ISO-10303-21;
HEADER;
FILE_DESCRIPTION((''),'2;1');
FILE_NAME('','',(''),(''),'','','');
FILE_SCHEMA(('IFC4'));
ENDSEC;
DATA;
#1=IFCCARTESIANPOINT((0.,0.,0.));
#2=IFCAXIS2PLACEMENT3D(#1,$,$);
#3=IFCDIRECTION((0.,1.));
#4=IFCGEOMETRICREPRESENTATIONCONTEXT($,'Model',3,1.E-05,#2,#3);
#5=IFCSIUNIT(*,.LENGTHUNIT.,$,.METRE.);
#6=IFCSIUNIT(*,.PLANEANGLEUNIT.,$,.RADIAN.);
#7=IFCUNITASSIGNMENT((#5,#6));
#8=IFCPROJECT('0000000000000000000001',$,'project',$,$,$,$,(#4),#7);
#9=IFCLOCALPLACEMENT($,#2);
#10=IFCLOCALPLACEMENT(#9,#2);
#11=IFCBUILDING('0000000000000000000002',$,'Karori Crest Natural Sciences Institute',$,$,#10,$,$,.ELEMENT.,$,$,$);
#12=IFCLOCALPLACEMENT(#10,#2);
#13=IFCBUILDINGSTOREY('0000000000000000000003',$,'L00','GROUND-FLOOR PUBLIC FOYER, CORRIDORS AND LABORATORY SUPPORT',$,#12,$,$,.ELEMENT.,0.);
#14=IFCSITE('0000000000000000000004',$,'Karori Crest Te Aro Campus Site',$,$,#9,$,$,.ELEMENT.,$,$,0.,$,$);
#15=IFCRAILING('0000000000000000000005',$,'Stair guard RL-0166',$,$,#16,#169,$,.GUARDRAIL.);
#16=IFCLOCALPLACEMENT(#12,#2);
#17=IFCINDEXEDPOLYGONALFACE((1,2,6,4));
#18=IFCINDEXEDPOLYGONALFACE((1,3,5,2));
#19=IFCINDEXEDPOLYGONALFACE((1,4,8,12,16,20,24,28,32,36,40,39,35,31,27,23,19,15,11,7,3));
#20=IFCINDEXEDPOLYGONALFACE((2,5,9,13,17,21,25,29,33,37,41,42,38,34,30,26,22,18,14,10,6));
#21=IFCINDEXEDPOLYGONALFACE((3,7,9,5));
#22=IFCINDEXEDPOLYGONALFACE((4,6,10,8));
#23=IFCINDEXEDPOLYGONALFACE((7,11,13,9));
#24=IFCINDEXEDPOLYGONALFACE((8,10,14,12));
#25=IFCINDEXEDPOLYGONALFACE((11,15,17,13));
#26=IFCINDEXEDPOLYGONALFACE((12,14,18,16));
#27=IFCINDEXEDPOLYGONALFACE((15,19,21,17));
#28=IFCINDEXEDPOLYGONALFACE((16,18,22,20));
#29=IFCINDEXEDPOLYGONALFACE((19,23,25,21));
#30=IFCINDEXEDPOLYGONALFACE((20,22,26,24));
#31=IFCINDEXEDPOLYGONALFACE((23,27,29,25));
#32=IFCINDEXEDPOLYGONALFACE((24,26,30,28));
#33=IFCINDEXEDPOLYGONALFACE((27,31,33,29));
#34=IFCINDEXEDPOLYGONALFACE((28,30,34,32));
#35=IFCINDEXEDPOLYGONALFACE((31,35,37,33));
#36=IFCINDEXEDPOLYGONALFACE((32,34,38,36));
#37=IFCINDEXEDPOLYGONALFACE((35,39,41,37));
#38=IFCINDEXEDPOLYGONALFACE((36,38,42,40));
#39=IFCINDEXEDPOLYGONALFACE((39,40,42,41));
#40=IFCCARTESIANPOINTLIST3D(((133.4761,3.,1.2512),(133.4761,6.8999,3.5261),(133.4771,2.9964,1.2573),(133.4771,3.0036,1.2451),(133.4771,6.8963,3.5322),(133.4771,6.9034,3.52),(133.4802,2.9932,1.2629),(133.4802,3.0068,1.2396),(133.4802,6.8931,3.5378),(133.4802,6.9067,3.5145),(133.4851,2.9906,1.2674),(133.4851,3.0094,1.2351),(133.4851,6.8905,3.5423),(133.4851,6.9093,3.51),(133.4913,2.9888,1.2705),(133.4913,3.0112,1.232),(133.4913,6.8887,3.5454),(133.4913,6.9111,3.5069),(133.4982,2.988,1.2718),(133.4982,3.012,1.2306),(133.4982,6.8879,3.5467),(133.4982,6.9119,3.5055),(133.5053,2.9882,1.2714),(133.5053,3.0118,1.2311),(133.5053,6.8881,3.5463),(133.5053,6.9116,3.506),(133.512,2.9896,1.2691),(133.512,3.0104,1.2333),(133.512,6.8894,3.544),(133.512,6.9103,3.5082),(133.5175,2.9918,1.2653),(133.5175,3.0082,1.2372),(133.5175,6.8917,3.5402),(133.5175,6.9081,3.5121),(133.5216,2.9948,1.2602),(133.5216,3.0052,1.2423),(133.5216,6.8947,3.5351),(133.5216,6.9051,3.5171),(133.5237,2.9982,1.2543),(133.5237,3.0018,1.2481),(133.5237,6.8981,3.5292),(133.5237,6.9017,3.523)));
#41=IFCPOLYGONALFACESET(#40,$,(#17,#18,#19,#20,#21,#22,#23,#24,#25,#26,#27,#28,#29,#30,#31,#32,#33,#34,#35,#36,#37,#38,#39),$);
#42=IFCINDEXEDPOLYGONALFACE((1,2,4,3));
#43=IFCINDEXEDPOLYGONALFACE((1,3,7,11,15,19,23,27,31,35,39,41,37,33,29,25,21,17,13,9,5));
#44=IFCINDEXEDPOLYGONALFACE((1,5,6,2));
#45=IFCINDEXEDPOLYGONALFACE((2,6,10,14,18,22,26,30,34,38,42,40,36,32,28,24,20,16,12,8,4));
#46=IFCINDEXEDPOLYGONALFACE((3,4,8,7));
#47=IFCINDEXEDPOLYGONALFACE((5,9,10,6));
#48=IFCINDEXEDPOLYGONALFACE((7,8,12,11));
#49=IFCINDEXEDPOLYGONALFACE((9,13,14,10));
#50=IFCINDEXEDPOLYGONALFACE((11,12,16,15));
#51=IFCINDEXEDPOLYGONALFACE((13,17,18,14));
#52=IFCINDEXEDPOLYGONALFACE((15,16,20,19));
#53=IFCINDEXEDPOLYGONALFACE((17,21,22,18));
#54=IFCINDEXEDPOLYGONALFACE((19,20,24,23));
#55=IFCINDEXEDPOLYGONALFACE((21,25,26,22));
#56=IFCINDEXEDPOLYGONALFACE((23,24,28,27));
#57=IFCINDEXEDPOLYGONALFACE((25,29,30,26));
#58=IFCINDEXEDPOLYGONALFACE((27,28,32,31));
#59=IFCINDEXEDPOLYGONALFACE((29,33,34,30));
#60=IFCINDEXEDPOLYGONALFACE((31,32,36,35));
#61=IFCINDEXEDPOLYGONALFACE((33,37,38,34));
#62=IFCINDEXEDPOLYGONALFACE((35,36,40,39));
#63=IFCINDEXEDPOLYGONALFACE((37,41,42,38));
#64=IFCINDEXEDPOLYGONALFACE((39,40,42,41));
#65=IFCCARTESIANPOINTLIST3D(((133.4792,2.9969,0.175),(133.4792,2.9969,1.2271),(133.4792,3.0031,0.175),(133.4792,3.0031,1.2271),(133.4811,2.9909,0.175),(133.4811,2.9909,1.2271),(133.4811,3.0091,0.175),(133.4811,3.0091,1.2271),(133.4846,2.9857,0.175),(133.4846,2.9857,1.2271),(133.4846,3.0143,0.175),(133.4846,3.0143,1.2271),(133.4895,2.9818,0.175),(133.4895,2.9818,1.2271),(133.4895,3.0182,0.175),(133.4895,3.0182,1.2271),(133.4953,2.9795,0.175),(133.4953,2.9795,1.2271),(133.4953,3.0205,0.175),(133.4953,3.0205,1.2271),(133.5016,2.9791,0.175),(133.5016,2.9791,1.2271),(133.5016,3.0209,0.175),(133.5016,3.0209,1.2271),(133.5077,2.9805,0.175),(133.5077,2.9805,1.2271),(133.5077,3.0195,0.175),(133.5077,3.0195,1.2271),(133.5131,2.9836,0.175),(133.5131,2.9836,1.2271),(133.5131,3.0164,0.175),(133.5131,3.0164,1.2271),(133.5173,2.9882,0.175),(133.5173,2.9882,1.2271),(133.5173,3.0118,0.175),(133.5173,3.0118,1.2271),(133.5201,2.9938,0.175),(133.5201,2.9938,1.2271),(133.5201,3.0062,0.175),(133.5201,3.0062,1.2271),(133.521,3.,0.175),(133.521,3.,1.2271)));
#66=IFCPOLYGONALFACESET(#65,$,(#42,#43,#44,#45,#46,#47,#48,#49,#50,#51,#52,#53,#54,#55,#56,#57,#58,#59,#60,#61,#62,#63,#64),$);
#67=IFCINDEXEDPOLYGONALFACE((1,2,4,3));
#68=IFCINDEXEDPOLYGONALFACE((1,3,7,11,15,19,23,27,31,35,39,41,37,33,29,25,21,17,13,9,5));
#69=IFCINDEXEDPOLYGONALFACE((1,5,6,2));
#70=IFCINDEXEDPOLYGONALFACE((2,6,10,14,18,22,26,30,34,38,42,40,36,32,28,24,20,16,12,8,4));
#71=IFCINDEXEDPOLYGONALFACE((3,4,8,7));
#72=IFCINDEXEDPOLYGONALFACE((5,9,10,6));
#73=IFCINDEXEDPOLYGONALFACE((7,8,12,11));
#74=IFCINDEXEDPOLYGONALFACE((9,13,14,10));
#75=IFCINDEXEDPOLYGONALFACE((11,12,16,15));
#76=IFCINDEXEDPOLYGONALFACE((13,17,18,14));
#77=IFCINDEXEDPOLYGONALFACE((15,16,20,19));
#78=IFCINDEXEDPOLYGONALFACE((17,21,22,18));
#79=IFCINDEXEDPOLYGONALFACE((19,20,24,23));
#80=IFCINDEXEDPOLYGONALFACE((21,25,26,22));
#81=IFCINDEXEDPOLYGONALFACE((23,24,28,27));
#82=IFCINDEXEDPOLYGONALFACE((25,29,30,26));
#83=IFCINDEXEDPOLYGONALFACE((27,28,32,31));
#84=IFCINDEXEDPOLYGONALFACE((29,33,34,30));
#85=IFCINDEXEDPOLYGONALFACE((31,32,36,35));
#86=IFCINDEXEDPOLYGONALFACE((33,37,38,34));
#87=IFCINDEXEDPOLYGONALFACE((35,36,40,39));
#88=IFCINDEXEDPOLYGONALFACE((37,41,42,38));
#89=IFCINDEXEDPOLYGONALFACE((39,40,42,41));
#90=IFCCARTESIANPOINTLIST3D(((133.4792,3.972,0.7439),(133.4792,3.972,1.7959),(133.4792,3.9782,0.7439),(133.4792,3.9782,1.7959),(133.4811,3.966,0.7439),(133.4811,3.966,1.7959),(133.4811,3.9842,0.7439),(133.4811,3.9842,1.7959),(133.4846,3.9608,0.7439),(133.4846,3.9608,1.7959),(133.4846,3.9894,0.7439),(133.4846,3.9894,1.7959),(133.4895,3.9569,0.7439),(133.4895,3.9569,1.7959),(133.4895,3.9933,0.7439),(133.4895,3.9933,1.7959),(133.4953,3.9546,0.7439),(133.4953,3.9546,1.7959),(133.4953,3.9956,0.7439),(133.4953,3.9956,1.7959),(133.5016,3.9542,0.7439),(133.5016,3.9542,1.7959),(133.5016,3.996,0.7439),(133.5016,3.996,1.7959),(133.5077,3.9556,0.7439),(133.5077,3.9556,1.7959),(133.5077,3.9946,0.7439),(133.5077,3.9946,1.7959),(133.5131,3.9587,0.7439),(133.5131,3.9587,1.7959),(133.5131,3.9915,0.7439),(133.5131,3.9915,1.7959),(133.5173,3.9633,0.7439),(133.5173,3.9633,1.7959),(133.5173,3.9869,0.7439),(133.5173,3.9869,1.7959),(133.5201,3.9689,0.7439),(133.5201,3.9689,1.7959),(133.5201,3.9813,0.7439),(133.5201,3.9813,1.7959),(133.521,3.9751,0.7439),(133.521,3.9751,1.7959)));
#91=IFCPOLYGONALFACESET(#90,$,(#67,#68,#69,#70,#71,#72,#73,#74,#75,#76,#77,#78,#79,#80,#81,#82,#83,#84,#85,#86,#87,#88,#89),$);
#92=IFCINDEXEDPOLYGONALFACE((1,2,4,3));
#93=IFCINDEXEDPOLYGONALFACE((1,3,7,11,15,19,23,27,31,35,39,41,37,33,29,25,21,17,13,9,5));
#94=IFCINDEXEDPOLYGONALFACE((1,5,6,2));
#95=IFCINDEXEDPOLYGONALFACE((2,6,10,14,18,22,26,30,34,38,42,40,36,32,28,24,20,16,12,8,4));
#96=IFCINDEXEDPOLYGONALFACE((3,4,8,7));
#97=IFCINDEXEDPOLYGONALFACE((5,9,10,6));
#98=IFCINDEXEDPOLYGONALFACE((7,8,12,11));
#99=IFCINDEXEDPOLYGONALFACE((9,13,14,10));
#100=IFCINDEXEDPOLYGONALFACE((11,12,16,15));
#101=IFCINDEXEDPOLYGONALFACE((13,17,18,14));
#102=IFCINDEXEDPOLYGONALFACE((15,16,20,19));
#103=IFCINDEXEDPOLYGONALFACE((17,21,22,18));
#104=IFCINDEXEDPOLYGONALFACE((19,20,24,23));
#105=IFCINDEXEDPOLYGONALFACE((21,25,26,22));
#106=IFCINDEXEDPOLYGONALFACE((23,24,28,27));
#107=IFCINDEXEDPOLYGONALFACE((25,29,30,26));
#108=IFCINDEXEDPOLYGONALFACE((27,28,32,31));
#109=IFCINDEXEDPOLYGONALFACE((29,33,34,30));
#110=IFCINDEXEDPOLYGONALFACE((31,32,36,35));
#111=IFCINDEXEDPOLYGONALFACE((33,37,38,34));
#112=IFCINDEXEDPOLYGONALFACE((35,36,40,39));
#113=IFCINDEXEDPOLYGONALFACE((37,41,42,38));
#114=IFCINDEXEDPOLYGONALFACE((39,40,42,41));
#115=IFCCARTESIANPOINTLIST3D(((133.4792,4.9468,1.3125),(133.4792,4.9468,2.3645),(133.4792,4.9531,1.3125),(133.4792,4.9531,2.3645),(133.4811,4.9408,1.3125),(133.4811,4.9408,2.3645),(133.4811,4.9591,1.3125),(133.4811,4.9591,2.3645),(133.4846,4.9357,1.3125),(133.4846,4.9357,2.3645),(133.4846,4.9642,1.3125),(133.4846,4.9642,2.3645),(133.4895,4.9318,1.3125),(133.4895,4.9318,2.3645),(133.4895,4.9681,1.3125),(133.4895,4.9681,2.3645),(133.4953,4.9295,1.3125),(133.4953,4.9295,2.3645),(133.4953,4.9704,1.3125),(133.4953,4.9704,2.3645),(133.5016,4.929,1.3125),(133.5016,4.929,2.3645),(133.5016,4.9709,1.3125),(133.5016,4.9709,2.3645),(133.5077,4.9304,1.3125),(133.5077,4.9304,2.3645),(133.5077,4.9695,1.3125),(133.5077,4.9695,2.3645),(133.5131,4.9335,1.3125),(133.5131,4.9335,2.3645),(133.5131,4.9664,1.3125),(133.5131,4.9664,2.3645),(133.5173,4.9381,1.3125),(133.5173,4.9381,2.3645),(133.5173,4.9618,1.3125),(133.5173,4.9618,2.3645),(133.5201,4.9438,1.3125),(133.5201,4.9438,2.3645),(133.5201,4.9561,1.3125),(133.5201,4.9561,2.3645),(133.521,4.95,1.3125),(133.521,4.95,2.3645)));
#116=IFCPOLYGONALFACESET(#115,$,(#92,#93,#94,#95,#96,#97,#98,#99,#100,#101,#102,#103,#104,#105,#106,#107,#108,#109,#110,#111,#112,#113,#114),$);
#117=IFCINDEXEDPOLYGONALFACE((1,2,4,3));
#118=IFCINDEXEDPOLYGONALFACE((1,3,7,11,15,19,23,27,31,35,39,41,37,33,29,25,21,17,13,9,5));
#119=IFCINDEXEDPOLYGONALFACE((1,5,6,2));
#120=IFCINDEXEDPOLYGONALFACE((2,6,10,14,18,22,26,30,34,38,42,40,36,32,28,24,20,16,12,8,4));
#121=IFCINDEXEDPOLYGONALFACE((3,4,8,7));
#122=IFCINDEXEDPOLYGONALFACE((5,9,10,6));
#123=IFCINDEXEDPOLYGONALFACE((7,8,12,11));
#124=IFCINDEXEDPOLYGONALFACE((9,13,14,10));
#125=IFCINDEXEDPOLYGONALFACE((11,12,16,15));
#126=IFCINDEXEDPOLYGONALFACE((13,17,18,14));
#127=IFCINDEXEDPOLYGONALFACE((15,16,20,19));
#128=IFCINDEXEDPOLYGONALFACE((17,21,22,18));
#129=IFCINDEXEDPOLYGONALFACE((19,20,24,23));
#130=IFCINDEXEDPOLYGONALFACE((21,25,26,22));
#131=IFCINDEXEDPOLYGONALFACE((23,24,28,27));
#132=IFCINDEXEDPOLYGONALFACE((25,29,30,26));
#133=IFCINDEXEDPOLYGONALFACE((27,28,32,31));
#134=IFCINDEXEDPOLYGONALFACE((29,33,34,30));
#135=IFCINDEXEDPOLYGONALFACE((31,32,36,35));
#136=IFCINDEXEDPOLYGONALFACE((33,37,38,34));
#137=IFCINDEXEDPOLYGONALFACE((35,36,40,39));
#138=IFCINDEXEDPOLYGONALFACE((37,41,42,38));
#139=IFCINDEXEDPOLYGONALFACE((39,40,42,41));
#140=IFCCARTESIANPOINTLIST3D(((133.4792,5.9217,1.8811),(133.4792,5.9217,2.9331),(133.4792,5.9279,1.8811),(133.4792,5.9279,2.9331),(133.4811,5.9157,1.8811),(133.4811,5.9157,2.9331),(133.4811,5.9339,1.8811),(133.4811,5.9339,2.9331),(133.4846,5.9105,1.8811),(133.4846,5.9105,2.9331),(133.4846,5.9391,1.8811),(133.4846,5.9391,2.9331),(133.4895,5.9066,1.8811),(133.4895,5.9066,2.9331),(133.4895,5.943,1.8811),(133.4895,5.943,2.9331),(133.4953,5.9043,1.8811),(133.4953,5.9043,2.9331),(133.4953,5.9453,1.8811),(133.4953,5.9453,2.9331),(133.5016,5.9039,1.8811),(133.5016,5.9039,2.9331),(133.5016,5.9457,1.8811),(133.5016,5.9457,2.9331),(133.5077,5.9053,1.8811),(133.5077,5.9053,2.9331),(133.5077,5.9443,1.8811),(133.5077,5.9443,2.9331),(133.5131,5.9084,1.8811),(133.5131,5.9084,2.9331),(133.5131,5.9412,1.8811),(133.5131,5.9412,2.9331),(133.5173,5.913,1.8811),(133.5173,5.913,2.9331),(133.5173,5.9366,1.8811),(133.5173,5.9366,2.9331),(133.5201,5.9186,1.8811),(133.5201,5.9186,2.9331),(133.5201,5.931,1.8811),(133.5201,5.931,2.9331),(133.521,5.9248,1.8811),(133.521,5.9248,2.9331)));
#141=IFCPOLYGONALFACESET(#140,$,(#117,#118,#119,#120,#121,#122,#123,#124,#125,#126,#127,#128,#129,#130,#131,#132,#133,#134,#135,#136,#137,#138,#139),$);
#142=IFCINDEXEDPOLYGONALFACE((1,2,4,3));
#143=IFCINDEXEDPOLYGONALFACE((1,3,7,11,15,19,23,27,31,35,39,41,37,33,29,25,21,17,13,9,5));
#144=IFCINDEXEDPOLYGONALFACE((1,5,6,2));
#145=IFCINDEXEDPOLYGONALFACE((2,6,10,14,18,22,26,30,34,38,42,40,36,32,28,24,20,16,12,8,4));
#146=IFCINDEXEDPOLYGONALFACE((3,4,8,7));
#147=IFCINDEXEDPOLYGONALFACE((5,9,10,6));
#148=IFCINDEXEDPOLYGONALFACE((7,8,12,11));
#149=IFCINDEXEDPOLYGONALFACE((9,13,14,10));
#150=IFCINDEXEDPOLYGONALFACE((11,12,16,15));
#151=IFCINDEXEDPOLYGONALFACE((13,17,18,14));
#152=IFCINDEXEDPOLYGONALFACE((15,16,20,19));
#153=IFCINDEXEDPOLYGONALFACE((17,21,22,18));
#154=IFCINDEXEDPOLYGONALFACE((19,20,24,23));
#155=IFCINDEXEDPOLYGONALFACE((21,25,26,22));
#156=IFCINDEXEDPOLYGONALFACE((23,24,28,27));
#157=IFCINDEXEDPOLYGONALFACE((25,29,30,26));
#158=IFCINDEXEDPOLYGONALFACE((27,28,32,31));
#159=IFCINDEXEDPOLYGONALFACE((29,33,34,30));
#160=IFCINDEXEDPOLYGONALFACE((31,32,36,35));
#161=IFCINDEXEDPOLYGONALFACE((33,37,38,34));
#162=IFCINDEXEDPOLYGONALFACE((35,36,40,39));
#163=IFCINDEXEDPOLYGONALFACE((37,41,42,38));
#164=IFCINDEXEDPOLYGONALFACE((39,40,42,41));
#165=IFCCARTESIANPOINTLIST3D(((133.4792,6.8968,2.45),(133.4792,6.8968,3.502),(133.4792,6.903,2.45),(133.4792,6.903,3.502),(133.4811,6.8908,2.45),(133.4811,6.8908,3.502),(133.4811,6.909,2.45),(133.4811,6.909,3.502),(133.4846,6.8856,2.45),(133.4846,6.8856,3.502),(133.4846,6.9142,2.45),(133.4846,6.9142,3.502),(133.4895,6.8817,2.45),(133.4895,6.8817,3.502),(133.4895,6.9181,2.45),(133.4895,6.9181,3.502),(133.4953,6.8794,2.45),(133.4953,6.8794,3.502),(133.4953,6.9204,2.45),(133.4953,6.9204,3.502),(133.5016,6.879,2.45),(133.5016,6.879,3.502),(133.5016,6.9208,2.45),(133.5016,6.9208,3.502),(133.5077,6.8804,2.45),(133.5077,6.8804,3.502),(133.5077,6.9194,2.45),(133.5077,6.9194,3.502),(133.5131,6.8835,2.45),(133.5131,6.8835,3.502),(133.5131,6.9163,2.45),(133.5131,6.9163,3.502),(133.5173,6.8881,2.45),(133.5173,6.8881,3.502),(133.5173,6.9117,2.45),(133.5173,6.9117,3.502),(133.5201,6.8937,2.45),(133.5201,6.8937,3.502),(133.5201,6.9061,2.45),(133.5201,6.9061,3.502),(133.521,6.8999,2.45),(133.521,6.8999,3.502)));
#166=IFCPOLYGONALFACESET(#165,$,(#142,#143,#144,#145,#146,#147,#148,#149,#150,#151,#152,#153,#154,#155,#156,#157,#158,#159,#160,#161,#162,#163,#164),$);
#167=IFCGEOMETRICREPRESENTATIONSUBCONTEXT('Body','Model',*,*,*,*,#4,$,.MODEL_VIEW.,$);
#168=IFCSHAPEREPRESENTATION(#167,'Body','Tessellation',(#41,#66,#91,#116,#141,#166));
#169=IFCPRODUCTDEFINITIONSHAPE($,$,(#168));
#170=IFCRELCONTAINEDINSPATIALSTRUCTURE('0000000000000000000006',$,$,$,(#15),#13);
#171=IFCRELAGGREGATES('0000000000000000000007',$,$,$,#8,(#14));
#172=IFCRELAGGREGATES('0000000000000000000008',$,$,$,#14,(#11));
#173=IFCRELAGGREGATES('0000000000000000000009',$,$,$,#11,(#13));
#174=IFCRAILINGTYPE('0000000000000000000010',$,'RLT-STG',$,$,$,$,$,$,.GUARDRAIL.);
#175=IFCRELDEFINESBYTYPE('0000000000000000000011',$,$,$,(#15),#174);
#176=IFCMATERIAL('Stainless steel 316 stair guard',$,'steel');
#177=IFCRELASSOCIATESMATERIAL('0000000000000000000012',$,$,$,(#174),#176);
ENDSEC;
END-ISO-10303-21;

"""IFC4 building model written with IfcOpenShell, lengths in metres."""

from ifc_helpers import new_model, si_unit, direction, frame, origin, origin_2d, place, context, subcontext, project, spatial, circle, extrude, material, type_object, element, save


model = new_model("IFC4")

# Units and contexts
model_context = context("Model", 3, precision=1e-05, world=origin(), true_north=direction((0.0, 1.0)))
body_context = subcontext(model_context, "Body", "Model", "MODEL_VIEW")
ifc_project = project(units=[si_unit("LENGTHUNIT", "METRE"), si_unit("PLANEANGLEUNIT", "RADIAN")], contexts=[model_context])

# Site, building, storey
site_placement = place(None, origin())
site = spatial("IfcSite", under=ifc_project, at=site_placement, Name="Karori Crest Te Aro Campus Site", CompositionType="ELEMENT", RefElevation=0.0)
building_placement = place(site_placement, origin())
building = spatial("IfcBuilding", under=site, at=building_placement, Name="Karori Crest Natural Sciences Institute", CompositionType="ELEMENT")
storey_placement = place(building_placement, origin())
storey = spatial("IfcBuildingStorey", under=building, at=storey_placement, Name="L00", Description="GROUND-FLOOR PUBLIC FOYER, CORRIDORS AND LABORATORY SUPPORT", CompositionType="ELEMENT", Elevation=0.0)

# Railing
ifc_material_1 = material(Name="Stainless steel 316 stair guard", Category="steel")
railing_type_1 = type_object("IfcRailingType", Name="RLT-STG", PredefinedType="GUARDRAIL", material=ifc_material_1)
railing_1_placement = place(storey_placement, frame((133.5, 3.0, 0.175)))
element("IfcRailing", 1, at=railing_1_placement, inside=storey, type_object=railing_type_1, Name="Stair guard RL-0166", PredefinedType="GUARDRAIL", context=body_context, shape_type="SweptSolid", body=[
    extrude(circle(Radius=0.0239, at=origin_2d()), frame((0.0, 0.0, 1.0762), z_axis=(0.0, 0.863783, 0.503864), x_axis=(-1.0, 0.0, 0.0)), (0.0, 0.0, 1.0), 4.5149),
    extrude(circle(Radius=0.021, at=origin_2d()), origin(), (0.0, 0.0, 1.0), 1.052),
    extrude(circle(Radius=0.021, at=origin_2d()), frame((0.0, 0.9751, 0.5688)), (0.0, 0.0, 1.0), 1.052),
    extrude(circle(Radius=0.021, at=origin_2d()), frame((0.0, 1.95, 1.1375)), (0.0, 0.0, 1.0), 1.052),
    extrude(circle(Radius=0.021, at=origin_2d()), frame((0.0, 2.9248, 1.7061)), (0.0, 0.0, 1.0), 1.052),
    extrude(circle(Radius=0.021, at=origin_2d()), frame((0.0, 3.8999, 2.2749)), (0.0, 0.0, 1.0), 1.052),
])

save(model, "model.ifc")
